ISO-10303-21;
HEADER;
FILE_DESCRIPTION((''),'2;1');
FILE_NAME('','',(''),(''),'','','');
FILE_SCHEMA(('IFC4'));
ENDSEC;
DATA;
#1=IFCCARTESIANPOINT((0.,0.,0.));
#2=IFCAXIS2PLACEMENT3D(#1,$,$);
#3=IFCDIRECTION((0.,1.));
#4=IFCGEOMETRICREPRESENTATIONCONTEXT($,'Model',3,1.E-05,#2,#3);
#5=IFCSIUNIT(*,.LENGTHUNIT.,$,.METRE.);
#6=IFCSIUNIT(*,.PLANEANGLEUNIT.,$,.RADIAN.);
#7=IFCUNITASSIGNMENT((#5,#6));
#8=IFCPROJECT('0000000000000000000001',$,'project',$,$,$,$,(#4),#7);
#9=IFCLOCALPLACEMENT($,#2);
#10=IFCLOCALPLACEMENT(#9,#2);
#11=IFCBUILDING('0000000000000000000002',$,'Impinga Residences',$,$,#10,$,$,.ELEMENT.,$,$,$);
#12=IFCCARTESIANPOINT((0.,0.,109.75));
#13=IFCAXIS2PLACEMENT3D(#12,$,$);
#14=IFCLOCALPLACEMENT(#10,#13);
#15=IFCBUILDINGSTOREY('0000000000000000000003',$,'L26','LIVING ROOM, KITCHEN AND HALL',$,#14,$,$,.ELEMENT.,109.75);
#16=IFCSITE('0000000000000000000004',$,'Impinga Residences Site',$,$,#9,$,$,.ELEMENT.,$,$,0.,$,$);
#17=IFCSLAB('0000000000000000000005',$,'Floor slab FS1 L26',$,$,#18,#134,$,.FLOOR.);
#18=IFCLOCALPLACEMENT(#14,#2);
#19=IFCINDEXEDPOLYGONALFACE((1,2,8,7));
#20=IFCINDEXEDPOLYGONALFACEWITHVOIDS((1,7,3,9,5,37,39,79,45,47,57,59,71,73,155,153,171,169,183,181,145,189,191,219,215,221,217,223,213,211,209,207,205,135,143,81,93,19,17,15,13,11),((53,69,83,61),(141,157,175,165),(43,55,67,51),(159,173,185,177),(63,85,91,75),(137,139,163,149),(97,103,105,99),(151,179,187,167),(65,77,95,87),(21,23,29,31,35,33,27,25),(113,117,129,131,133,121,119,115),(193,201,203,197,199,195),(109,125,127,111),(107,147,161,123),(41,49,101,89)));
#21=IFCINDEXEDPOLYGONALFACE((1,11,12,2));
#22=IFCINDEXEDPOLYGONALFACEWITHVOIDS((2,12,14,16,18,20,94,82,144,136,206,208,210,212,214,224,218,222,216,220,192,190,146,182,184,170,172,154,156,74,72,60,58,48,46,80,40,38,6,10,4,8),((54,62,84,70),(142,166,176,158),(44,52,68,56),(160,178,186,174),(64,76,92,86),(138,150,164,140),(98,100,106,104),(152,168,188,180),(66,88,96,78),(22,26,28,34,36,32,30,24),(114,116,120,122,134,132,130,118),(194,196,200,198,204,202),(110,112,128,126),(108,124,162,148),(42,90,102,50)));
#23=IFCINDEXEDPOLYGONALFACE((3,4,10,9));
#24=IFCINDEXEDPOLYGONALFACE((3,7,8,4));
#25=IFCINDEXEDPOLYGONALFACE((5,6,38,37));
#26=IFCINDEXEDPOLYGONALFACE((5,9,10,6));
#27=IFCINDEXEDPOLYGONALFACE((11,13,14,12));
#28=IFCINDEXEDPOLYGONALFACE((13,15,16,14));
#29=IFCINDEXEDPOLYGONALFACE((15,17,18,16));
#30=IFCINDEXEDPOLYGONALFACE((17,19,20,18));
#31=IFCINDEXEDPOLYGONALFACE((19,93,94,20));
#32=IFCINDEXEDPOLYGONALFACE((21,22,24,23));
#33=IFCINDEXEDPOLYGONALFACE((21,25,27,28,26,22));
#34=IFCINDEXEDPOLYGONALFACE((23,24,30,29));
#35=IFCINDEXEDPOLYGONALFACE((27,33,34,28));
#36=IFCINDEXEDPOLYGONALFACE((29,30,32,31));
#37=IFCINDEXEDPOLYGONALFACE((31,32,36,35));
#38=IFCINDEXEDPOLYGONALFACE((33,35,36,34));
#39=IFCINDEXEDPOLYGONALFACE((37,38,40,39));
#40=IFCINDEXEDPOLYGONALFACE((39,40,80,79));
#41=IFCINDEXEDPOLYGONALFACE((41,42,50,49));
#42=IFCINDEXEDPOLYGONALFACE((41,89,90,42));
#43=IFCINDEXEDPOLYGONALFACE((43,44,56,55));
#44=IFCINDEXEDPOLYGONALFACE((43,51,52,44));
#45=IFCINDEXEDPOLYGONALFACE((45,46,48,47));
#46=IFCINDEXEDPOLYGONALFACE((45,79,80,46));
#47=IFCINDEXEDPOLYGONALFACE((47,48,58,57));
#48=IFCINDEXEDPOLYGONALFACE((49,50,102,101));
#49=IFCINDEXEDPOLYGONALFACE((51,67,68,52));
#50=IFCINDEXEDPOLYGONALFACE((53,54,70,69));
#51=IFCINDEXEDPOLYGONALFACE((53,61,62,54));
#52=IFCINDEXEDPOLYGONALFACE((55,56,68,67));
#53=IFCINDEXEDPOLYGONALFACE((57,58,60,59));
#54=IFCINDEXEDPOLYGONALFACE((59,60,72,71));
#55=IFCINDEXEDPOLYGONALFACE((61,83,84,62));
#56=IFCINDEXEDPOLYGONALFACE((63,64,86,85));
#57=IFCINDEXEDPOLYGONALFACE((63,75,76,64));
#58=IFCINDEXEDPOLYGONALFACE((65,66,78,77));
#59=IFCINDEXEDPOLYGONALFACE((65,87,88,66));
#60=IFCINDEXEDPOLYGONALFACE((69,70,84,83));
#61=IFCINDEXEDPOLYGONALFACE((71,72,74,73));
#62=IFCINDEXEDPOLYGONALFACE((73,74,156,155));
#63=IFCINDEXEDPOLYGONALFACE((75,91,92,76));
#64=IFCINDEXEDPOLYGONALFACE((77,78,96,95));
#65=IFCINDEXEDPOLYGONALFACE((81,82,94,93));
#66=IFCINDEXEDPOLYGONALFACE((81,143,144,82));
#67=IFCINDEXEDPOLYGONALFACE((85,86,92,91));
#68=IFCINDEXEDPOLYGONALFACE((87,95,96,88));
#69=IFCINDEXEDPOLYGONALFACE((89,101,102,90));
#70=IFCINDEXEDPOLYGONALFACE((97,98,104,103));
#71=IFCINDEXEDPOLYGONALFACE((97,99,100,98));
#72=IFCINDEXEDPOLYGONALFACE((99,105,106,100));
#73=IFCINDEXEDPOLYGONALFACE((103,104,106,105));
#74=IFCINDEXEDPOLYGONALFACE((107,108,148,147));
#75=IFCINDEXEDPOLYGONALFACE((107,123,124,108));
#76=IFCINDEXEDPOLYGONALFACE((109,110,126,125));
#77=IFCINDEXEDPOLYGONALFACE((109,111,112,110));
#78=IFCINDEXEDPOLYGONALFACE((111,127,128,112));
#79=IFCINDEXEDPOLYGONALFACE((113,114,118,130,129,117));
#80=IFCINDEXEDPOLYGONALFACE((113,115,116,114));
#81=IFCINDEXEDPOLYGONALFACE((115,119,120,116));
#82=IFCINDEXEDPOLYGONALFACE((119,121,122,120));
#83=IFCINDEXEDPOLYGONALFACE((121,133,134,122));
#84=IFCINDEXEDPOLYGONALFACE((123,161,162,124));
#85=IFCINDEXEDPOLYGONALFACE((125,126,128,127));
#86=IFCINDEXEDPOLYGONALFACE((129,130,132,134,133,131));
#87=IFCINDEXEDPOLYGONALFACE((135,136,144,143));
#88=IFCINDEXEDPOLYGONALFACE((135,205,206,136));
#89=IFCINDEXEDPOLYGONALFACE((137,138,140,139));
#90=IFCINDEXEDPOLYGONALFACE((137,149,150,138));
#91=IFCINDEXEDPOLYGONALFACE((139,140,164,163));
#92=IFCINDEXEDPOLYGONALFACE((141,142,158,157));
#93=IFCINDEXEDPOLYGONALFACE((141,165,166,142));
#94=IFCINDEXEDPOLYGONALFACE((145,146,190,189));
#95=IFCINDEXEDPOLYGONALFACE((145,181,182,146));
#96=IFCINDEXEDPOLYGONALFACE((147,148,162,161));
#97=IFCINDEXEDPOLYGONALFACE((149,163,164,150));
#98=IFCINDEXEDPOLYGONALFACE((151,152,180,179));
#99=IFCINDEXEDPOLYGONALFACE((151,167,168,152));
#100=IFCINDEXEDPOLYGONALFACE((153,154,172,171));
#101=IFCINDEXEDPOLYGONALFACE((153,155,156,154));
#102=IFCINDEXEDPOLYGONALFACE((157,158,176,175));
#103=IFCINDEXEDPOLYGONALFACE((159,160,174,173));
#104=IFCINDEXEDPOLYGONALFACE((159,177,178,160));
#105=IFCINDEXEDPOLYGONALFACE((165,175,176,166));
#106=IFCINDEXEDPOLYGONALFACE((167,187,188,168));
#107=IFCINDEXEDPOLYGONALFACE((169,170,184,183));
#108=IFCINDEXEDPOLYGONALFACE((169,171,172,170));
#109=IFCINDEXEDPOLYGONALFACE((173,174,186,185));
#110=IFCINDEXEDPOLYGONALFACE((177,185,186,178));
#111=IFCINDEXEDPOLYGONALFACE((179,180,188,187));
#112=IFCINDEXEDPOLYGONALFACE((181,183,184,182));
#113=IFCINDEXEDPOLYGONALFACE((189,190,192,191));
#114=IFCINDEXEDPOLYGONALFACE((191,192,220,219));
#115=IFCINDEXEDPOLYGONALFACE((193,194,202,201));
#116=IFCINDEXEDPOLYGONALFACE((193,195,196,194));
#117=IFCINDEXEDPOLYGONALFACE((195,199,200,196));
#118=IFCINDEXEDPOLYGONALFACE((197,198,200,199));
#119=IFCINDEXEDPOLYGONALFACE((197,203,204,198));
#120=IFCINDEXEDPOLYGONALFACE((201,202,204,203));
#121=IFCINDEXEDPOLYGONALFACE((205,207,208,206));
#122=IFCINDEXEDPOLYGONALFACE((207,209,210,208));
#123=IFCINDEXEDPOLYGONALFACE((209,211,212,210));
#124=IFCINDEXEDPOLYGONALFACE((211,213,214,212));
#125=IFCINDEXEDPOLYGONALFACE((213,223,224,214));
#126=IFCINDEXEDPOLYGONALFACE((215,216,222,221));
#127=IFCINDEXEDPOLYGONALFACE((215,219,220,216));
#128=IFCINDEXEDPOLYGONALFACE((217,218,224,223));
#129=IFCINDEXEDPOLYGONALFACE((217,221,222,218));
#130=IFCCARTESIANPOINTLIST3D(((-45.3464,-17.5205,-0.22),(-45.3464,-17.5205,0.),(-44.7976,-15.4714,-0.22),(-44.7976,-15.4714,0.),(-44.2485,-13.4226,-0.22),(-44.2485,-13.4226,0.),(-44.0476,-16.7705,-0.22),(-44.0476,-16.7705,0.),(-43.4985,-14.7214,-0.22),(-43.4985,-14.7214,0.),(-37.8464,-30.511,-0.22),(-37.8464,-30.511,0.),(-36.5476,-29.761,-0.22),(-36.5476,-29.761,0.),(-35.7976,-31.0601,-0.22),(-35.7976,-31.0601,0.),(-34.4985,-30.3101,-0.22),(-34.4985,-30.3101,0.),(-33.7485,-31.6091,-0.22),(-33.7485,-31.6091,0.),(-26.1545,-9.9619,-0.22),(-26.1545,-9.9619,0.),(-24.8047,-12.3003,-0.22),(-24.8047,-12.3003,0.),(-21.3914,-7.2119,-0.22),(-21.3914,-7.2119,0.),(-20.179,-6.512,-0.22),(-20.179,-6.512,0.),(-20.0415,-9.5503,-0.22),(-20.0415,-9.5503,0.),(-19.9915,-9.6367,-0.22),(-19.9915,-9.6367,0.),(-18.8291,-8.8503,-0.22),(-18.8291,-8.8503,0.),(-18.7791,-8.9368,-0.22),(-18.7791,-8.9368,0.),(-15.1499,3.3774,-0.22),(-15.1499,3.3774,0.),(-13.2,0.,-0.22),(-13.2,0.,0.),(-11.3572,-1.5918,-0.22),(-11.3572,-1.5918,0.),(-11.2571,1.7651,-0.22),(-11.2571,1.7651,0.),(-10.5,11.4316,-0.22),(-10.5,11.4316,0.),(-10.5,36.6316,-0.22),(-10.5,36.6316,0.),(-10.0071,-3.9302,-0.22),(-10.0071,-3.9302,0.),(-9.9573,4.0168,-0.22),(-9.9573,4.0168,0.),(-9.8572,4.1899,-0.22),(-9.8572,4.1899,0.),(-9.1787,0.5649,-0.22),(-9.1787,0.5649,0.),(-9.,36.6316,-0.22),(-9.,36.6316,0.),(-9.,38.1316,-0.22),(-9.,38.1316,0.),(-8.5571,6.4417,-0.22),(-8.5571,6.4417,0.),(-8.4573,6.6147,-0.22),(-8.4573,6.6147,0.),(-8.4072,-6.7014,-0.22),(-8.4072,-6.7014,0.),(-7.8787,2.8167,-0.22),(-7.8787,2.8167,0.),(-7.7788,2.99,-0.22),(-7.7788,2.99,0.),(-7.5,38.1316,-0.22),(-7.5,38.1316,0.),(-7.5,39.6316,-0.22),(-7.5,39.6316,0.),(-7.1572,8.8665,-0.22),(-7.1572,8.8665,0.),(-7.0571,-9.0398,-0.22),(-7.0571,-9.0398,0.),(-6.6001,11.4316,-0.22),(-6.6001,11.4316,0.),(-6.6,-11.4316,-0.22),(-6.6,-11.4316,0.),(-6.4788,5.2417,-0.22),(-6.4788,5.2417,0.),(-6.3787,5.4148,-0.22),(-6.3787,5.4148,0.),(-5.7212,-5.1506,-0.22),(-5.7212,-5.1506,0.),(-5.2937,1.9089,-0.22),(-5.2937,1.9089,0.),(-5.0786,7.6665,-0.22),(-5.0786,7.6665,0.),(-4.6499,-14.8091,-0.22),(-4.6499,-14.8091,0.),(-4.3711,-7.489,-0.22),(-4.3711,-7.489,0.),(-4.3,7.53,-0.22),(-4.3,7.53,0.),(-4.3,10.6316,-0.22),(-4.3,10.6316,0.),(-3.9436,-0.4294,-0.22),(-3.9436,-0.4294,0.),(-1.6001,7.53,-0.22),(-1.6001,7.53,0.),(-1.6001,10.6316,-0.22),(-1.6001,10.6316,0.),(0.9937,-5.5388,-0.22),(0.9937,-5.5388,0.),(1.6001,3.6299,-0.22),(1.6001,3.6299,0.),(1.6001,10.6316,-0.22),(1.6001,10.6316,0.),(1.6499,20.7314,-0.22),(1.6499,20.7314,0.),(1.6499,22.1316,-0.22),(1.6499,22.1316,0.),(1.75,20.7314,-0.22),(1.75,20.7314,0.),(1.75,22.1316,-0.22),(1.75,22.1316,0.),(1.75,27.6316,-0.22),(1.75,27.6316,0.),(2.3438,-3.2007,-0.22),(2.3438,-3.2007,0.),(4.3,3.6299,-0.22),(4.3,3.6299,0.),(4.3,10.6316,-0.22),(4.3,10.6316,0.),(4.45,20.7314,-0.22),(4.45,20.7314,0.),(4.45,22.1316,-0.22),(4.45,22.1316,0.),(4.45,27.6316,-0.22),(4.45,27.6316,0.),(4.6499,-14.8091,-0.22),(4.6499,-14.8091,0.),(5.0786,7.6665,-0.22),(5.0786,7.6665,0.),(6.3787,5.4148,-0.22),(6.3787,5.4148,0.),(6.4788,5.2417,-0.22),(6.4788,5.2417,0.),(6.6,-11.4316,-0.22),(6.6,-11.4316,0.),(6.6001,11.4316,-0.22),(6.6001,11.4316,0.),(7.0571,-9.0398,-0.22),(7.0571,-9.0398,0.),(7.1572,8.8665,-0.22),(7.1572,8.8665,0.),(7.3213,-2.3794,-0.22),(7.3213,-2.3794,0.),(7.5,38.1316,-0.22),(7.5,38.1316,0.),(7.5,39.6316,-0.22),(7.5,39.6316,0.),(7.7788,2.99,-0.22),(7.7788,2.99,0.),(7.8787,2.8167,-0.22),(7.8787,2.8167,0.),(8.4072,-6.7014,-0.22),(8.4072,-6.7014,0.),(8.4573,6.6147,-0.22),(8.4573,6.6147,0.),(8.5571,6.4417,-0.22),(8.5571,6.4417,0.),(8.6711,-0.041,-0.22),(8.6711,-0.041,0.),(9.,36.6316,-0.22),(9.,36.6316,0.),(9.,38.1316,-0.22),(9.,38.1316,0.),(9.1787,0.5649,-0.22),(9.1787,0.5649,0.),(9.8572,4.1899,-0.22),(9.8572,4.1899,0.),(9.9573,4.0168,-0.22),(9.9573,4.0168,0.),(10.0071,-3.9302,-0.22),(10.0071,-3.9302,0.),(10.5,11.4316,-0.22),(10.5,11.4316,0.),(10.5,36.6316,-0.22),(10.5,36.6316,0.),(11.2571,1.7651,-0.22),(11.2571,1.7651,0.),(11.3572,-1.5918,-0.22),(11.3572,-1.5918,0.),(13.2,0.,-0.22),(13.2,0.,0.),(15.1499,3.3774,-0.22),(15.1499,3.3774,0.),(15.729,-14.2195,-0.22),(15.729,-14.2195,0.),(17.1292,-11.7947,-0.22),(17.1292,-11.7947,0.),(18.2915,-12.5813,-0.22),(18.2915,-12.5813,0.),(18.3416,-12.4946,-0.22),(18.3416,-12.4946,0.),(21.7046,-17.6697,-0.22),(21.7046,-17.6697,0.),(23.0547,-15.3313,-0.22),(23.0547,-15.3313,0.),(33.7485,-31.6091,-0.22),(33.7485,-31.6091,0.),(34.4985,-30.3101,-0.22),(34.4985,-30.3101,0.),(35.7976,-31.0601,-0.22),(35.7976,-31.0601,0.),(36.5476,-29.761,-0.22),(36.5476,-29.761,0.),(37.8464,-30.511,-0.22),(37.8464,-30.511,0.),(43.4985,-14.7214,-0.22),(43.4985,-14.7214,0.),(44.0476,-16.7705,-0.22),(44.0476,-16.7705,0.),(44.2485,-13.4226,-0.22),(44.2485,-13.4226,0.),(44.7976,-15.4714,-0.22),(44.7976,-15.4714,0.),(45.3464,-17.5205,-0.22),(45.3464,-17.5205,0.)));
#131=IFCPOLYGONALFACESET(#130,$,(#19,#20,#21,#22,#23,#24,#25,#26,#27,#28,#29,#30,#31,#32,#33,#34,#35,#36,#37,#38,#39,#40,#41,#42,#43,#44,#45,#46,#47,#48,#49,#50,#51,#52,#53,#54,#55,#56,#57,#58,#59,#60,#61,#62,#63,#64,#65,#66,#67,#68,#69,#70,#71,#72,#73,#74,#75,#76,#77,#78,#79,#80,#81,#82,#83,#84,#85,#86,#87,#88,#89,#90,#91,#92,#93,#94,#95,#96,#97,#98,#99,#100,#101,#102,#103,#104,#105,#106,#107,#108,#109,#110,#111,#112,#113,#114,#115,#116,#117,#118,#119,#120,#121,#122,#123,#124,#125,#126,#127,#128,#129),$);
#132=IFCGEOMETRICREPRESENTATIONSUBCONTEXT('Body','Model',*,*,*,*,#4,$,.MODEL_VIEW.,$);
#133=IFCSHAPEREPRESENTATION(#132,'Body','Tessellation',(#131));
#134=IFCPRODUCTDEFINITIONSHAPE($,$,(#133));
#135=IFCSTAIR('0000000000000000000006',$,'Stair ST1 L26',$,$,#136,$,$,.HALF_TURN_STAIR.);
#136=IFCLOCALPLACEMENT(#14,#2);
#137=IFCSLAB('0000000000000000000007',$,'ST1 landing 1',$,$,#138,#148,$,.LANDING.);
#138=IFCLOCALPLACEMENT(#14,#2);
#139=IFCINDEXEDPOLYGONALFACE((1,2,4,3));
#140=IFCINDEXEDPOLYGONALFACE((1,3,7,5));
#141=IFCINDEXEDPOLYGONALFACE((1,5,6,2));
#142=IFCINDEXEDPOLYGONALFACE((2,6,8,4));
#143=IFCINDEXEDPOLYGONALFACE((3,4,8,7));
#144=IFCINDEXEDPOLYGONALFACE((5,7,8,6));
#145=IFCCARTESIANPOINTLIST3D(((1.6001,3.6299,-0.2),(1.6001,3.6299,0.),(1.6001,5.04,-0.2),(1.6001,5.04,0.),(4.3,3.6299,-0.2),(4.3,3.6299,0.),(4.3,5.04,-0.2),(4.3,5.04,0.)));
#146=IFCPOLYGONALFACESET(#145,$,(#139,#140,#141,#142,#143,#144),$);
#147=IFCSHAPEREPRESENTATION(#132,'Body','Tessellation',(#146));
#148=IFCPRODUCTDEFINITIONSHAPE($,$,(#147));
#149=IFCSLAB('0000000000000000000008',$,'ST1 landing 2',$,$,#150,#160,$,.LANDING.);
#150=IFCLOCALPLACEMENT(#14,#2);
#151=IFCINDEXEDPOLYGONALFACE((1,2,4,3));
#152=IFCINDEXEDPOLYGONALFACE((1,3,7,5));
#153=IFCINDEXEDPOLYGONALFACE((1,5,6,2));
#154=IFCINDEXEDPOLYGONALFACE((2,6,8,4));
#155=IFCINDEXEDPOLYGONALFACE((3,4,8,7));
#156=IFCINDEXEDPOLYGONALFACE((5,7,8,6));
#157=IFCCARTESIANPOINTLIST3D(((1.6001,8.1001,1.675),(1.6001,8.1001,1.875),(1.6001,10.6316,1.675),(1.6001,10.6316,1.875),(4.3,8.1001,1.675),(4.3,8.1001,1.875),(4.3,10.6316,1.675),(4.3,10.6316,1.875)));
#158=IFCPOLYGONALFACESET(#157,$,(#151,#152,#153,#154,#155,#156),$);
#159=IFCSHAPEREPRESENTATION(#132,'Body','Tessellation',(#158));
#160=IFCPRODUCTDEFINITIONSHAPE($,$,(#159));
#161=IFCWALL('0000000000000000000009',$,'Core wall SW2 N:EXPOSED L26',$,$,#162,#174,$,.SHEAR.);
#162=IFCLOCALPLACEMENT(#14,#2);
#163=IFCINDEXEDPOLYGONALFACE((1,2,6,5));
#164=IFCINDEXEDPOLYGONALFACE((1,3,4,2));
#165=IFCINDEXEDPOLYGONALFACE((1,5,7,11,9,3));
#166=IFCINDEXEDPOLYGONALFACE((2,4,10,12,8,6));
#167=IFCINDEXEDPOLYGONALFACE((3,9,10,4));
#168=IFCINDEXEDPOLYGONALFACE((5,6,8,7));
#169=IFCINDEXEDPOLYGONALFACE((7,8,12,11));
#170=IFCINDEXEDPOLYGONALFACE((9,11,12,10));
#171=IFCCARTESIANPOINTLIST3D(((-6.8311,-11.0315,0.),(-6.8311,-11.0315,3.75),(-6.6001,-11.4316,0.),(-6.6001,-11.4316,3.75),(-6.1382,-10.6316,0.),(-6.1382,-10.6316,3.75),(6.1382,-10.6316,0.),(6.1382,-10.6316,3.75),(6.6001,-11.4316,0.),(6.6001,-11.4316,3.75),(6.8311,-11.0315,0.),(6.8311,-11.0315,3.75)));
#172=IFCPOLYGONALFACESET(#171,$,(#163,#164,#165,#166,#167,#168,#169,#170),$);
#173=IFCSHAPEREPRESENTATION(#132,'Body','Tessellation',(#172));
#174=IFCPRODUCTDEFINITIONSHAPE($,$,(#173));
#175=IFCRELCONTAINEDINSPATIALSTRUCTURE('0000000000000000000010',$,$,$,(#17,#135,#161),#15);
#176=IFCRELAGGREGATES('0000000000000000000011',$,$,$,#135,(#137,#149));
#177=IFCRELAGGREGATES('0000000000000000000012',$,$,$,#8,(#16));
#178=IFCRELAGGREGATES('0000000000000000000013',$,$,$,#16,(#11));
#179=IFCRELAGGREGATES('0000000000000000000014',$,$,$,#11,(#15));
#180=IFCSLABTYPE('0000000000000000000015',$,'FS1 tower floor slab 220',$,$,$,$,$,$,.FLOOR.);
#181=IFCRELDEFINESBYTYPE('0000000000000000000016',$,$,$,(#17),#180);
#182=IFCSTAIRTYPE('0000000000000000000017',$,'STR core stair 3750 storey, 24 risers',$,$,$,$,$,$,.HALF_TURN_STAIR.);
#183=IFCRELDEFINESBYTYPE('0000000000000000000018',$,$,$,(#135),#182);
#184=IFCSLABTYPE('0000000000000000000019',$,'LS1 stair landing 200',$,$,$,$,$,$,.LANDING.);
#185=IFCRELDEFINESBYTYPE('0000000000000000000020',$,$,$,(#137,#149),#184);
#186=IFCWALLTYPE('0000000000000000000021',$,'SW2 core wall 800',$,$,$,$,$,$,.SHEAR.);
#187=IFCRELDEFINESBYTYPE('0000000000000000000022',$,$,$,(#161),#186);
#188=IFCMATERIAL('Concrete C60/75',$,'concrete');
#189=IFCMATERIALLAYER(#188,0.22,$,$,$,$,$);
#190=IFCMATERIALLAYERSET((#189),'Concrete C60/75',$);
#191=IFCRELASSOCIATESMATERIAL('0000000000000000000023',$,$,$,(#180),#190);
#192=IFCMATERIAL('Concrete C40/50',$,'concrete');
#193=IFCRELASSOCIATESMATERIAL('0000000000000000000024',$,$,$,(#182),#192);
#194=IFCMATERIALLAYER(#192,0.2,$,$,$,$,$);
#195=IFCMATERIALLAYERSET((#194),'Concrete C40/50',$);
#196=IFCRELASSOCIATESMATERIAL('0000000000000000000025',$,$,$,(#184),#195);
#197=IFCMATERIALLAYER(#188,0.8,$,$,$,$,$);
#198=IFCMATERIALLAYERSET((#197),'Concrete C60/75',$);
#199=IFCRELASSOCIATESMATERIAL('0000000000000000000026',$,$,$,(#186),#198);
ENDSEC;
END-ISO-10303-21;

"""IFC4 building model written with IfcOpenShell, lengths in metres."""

from ifc_helpers import new_model, si_unit, direction, frame, origin, place, context, subcontext, project, spatial, polyline, outline, extrude, material, layer, layer_set, type_object, element, aggregate, save


model = new_model("IFC4")

# Units and contexts
model_context = context("Model", 3, precision=1e-05, world=origin(), true_north=direction((0.0, 1.0)))
body_context = subcontext(model_context, "Body", "Model", "MODEL_VIEW")
ifc_project = project(units=[si_unit("LENGTHUNIT", "METRE"), si_unit("PLANEANGLEUNIT", "RADIAN")], contexts=[model_context])

# Site, building, storey
site_placement = place(None, origin())
site = spatial("IfcSite", under=ifc_project, at=site_placement, Name="Impinga Residences Site", CompositionType="ELEMENT", RefElevation=0.0)
building_placement = place(site_placement, origin())
building = spatial("IfcBuilding", under=site, at=building_placement, Name="Impinga Residences", CompositionType="ELEMENT")
storey_placement = place(building_placement, frame((0.0, 0.0, 109.75)))
storey = spatial("IfcBuildingStorey", under=building, at=storey_placement, Name="L26", Description="LIVING ROOM, KITCHEN AND HALL", CompositionType="ELEMENT", Elevation=109.75)

# Slab
ifc_material_1 = material(Name="Concrete C60/75", Category="concrete")
ifc_layer_1 = layer(ifc_material_1, 0.22)
ifc_layer_set_1 = layer_set([ifc_layer_1], Name="Concrete C60/75")
slab_type_1 = type_object("IfcSlabType", Name="FS1 tower floor slab 220", PredefinedType="FLOOR", material=ifc_layer_set_1)
slab_1_placement = place(storey_placement, frame((0.0, 0.0, -0.22)))
element("IfcSlab", 1, at=slab_1_placement, inside=storey, type_object=slab_type_1, Name="Floor slab FS1 L26", PredefinedType="FLOOR", context=body_context, shape_type="SweptSolid", body=[
    extrude(outline(polyline([(-34.4985, -30.3101), (-35.7976, -31.0601), (-36.5476, -29.761), (-37.8464, -30.511), (-45.3464, -17.5205), (-44.0476, -16.7705), (-44.7976, -15.4714), (-43.4985, -14.7214), (-44.2485, -13.4226), (-15.1499, 3.3774), (-13.2, 0.0), (-6.6001, 11.4316), (-10.5, 11.4316), (-10.5, 36.6316), (-9.0, 36.6316), (-9.0, 38.1316), (-7.5, 38.1316), (-7.5, 39.6316), (7.5, 39.6316), (7.5, 38.1316), (9.0, 38.1316), (9.0, 36.6316), (10.5, 36.6316), (10.5, 11.4316), (6.6001, 11.4316), (13.2, 0.0), (15.1499, 3.3774), (44.2485, -13.4226), (43.4985, -14.7214), (44.7976, -15.4714), (44.0476, -16.7705), (45.3464, -17.5205), (37.8464, -30.511), (36.5476, -29.761), (35.7976, -31.0601), (34.4985, -30.3101), (33.7485, -31.6091), (4.6499, -14.8091), (9.9001, -5.7158), (6.6001, -11.4316), (-6.6001, -11.4316), (-9.9001, -5.7158), (-4.6499, -14.8091), (-33.7485, -31.6091), (-34.4985, -30.3101)]), holes=[polyline([(-18.7791, -8.9368), (-18.8291, -8.8503), (-18.8291, -8.8503), (-20.179, -6.512), (-21.3914, -7.2119), (-21.3914, -7.2119), (-26.1545, -9.9619), (-24.8047, -12.3003), (-20.0415, -9.5503), (-19.9915, -9.6367), (-18.7791, -8.9368)]), polyline([(-4.3711, -7.489), (-5.7212, -5.1506), (-8.4072, -6.7014), (-7.0571, -9.0398), (-4.3711, -7.489)]), polyline([(-3.9436, -0.4294), (-5.2937, 1.9089), (-11.3572, -1.5918), (-10.0071, -3.9302), (-3.9436, -0.4294)]), polyline([(-7.8787, 2.8167), (-9.9573, 4.0168), (-11.2571, 1.7651), (-9.1787, 0.5649), (-7.8787, 2.8167)]), polyline([(-6.4788, 5.2417), (-8.5571, 6.4417), (-9.8572, 4.1899), (-7.7788, 2.99), (-6.4788, 5.2417)]), polyline([(4.3, 3.6299), (4.3, 10.6316), (1.6001, 10.6316), (1.6001, 3.6299), (4.3, 3.6299)]), polyline([(-6.3787, 5.4148), (-5.0786, 7.6665), (-7.1572, 8.8665), (-8.4573, 6.6147), (-6.3787, 5.4148)]), polyline([(-4.3, 7.53), (-1.6001, 7.53), (-1.6001, 10.6316), (-4.3, 10.6316), (-4.3, 7.53)]), polyline([(4.45, 20.7314), (4.45, 22.1316), (4.45, 27.6316), (1.75, 27.6316), (1.75, 22.1316), (1.6499, 22.1316), (1.6499, 20.7314), (1.75, 20.7314), (4.45, 20.7314)]), polyline([(15.729, -14.2195), (21.7046, -17.6697), (23.0547, -15.3313), (18.2915, -12.5813), (18.3416, -12.4946), (17.1292, -11.7947), (15.729, -14.2195)]), polyline([(2.3438, -3.2007), (0.9937, -5.5388), (7.0571, -9.0398), (8.4072, -6.7014), (2.3438, -3.2007)]), polyline([(7.3213, -2.3794), (10.0071, -3.9302), (11.3572, -1.5918), (8.6711, -0.041), (7.3213, -2.3794)]), polyline([(7.8787, 2.8167), (9.1787, 0.5649), (11.2571, 1.7651), (9.9573, 4.0168), (7.8787, 2.8167)]), polyline([(6.4788, 5.2417), (7.7788, 2.99), (9.8572, 4.1899), (8.5571, 6.4417), (6.4788, 5.2417)]), polyline([(6.3787, 5.4148), (8.4573, 6.6147), (7.1572, 8.8665), (5.0786, 7.6665), (6.3787, 5.4148)])]), origin(), (0.0, 0.0, 1.0), 0.22),
])

# Stair, slabs
ifc_material_2 = material(Name="Concrete C40/50", Category="concrete")
stair_type = type_object("IfcStairType", Name="STR core stair 3750 storey, 24 risers", PredefinedType="HALF_TURN_STAIR", material=ifc_material_2)
stair_1_placement = place(storey_placement, origin())
stair_1 = element("IfcStair", 2, at=stair_1_placement, inside=storey, type_object=stair_type, Name="Stair ST1 L26", PredefinedType="HALF_TURN_STAIR")
ifc_layer_2 = layer(ifc_material_2, 0.2)
ifc_layer_set_2 = layer_set([ifc_layer_2], Name="Concrete C40/50")
slab_type_2 = type_object("IfcSlabType", Name="LS1 stair landing 200", PredefinedType="LANDING", material=ifc_layer_set_2)
slab_2_placement = place(storey_placement, frame((0.0, 0.0, -0.2)))
slab_2 = element("IfcSlab", 3, at=slab_2_placement, type_object=slab_type_2, Name="ST1 landing 1", PredefinedType="LANDING", context=body_context, shape_type="SweptSolid", body=[
    extrude(outline(polyline([(1.6001, 3.6299), (4.3, 3.6299), (4.3, 5.04), (1.6001, 5.04), (1.6001, 3.6299)])), origin(), (0.0, 0.0, 1.0), 0.2),
])
slab_3_placement = place(storey_placement, frame((0.0, 0.0, 1.675)))
slab_3 = element("IfcSlab", 4, at=slab_3_placement, type_object=slab_type_2, Name="ST1 landing 2", PredefinedType="LANDING", context=body_context, shape_type="SweptSolid", body=[
    extrude(outline(polyline([(1.6001, 8.1001), (4.3, 8.1001), (4.3, 10.6316), (1.6001, 10.6316), (1.6001, 8.1001)])), origin(), (0.0, 0.0, 1.0), 0.2),
])
aggregate(stair_1, [slab_2, slab_3])

# Wall
ifc_layer_3 = layer(ifc_material_1, 0.8)
ifc_layer_set_3 = layer_set([ifc_layer_3], Name="Concrete C60/75")
wall_type_1 = type_object("IfcWallType", Name="SW2 core wall 800", PredefinedType="SHEAR", material=ifc_layer_set_3)
wall_1_placement = place(storey_placement, origin())
element("IfcWall", 5, at=wall_1_placement, inside=storey, type_object=wall_type_1, Name="Core wall SW2 N:EXPOSED L26", PredefinedType="SHEAR", context=body_context, shape_type="SweptSolid", body=[
    extrude(outline(polyline([(-6.6001, -11.4316), (6.6001, -11.4316), (6.8311, -11.0315), (6.1382, -10.6316), (-6.1382, -10.6316), (-6.8311, -11.0315), (-6.6001, -11.4316)])), origin(), (0.0, 0.0, 1.0), 3.75),
])

save(model, "model.ifc")
